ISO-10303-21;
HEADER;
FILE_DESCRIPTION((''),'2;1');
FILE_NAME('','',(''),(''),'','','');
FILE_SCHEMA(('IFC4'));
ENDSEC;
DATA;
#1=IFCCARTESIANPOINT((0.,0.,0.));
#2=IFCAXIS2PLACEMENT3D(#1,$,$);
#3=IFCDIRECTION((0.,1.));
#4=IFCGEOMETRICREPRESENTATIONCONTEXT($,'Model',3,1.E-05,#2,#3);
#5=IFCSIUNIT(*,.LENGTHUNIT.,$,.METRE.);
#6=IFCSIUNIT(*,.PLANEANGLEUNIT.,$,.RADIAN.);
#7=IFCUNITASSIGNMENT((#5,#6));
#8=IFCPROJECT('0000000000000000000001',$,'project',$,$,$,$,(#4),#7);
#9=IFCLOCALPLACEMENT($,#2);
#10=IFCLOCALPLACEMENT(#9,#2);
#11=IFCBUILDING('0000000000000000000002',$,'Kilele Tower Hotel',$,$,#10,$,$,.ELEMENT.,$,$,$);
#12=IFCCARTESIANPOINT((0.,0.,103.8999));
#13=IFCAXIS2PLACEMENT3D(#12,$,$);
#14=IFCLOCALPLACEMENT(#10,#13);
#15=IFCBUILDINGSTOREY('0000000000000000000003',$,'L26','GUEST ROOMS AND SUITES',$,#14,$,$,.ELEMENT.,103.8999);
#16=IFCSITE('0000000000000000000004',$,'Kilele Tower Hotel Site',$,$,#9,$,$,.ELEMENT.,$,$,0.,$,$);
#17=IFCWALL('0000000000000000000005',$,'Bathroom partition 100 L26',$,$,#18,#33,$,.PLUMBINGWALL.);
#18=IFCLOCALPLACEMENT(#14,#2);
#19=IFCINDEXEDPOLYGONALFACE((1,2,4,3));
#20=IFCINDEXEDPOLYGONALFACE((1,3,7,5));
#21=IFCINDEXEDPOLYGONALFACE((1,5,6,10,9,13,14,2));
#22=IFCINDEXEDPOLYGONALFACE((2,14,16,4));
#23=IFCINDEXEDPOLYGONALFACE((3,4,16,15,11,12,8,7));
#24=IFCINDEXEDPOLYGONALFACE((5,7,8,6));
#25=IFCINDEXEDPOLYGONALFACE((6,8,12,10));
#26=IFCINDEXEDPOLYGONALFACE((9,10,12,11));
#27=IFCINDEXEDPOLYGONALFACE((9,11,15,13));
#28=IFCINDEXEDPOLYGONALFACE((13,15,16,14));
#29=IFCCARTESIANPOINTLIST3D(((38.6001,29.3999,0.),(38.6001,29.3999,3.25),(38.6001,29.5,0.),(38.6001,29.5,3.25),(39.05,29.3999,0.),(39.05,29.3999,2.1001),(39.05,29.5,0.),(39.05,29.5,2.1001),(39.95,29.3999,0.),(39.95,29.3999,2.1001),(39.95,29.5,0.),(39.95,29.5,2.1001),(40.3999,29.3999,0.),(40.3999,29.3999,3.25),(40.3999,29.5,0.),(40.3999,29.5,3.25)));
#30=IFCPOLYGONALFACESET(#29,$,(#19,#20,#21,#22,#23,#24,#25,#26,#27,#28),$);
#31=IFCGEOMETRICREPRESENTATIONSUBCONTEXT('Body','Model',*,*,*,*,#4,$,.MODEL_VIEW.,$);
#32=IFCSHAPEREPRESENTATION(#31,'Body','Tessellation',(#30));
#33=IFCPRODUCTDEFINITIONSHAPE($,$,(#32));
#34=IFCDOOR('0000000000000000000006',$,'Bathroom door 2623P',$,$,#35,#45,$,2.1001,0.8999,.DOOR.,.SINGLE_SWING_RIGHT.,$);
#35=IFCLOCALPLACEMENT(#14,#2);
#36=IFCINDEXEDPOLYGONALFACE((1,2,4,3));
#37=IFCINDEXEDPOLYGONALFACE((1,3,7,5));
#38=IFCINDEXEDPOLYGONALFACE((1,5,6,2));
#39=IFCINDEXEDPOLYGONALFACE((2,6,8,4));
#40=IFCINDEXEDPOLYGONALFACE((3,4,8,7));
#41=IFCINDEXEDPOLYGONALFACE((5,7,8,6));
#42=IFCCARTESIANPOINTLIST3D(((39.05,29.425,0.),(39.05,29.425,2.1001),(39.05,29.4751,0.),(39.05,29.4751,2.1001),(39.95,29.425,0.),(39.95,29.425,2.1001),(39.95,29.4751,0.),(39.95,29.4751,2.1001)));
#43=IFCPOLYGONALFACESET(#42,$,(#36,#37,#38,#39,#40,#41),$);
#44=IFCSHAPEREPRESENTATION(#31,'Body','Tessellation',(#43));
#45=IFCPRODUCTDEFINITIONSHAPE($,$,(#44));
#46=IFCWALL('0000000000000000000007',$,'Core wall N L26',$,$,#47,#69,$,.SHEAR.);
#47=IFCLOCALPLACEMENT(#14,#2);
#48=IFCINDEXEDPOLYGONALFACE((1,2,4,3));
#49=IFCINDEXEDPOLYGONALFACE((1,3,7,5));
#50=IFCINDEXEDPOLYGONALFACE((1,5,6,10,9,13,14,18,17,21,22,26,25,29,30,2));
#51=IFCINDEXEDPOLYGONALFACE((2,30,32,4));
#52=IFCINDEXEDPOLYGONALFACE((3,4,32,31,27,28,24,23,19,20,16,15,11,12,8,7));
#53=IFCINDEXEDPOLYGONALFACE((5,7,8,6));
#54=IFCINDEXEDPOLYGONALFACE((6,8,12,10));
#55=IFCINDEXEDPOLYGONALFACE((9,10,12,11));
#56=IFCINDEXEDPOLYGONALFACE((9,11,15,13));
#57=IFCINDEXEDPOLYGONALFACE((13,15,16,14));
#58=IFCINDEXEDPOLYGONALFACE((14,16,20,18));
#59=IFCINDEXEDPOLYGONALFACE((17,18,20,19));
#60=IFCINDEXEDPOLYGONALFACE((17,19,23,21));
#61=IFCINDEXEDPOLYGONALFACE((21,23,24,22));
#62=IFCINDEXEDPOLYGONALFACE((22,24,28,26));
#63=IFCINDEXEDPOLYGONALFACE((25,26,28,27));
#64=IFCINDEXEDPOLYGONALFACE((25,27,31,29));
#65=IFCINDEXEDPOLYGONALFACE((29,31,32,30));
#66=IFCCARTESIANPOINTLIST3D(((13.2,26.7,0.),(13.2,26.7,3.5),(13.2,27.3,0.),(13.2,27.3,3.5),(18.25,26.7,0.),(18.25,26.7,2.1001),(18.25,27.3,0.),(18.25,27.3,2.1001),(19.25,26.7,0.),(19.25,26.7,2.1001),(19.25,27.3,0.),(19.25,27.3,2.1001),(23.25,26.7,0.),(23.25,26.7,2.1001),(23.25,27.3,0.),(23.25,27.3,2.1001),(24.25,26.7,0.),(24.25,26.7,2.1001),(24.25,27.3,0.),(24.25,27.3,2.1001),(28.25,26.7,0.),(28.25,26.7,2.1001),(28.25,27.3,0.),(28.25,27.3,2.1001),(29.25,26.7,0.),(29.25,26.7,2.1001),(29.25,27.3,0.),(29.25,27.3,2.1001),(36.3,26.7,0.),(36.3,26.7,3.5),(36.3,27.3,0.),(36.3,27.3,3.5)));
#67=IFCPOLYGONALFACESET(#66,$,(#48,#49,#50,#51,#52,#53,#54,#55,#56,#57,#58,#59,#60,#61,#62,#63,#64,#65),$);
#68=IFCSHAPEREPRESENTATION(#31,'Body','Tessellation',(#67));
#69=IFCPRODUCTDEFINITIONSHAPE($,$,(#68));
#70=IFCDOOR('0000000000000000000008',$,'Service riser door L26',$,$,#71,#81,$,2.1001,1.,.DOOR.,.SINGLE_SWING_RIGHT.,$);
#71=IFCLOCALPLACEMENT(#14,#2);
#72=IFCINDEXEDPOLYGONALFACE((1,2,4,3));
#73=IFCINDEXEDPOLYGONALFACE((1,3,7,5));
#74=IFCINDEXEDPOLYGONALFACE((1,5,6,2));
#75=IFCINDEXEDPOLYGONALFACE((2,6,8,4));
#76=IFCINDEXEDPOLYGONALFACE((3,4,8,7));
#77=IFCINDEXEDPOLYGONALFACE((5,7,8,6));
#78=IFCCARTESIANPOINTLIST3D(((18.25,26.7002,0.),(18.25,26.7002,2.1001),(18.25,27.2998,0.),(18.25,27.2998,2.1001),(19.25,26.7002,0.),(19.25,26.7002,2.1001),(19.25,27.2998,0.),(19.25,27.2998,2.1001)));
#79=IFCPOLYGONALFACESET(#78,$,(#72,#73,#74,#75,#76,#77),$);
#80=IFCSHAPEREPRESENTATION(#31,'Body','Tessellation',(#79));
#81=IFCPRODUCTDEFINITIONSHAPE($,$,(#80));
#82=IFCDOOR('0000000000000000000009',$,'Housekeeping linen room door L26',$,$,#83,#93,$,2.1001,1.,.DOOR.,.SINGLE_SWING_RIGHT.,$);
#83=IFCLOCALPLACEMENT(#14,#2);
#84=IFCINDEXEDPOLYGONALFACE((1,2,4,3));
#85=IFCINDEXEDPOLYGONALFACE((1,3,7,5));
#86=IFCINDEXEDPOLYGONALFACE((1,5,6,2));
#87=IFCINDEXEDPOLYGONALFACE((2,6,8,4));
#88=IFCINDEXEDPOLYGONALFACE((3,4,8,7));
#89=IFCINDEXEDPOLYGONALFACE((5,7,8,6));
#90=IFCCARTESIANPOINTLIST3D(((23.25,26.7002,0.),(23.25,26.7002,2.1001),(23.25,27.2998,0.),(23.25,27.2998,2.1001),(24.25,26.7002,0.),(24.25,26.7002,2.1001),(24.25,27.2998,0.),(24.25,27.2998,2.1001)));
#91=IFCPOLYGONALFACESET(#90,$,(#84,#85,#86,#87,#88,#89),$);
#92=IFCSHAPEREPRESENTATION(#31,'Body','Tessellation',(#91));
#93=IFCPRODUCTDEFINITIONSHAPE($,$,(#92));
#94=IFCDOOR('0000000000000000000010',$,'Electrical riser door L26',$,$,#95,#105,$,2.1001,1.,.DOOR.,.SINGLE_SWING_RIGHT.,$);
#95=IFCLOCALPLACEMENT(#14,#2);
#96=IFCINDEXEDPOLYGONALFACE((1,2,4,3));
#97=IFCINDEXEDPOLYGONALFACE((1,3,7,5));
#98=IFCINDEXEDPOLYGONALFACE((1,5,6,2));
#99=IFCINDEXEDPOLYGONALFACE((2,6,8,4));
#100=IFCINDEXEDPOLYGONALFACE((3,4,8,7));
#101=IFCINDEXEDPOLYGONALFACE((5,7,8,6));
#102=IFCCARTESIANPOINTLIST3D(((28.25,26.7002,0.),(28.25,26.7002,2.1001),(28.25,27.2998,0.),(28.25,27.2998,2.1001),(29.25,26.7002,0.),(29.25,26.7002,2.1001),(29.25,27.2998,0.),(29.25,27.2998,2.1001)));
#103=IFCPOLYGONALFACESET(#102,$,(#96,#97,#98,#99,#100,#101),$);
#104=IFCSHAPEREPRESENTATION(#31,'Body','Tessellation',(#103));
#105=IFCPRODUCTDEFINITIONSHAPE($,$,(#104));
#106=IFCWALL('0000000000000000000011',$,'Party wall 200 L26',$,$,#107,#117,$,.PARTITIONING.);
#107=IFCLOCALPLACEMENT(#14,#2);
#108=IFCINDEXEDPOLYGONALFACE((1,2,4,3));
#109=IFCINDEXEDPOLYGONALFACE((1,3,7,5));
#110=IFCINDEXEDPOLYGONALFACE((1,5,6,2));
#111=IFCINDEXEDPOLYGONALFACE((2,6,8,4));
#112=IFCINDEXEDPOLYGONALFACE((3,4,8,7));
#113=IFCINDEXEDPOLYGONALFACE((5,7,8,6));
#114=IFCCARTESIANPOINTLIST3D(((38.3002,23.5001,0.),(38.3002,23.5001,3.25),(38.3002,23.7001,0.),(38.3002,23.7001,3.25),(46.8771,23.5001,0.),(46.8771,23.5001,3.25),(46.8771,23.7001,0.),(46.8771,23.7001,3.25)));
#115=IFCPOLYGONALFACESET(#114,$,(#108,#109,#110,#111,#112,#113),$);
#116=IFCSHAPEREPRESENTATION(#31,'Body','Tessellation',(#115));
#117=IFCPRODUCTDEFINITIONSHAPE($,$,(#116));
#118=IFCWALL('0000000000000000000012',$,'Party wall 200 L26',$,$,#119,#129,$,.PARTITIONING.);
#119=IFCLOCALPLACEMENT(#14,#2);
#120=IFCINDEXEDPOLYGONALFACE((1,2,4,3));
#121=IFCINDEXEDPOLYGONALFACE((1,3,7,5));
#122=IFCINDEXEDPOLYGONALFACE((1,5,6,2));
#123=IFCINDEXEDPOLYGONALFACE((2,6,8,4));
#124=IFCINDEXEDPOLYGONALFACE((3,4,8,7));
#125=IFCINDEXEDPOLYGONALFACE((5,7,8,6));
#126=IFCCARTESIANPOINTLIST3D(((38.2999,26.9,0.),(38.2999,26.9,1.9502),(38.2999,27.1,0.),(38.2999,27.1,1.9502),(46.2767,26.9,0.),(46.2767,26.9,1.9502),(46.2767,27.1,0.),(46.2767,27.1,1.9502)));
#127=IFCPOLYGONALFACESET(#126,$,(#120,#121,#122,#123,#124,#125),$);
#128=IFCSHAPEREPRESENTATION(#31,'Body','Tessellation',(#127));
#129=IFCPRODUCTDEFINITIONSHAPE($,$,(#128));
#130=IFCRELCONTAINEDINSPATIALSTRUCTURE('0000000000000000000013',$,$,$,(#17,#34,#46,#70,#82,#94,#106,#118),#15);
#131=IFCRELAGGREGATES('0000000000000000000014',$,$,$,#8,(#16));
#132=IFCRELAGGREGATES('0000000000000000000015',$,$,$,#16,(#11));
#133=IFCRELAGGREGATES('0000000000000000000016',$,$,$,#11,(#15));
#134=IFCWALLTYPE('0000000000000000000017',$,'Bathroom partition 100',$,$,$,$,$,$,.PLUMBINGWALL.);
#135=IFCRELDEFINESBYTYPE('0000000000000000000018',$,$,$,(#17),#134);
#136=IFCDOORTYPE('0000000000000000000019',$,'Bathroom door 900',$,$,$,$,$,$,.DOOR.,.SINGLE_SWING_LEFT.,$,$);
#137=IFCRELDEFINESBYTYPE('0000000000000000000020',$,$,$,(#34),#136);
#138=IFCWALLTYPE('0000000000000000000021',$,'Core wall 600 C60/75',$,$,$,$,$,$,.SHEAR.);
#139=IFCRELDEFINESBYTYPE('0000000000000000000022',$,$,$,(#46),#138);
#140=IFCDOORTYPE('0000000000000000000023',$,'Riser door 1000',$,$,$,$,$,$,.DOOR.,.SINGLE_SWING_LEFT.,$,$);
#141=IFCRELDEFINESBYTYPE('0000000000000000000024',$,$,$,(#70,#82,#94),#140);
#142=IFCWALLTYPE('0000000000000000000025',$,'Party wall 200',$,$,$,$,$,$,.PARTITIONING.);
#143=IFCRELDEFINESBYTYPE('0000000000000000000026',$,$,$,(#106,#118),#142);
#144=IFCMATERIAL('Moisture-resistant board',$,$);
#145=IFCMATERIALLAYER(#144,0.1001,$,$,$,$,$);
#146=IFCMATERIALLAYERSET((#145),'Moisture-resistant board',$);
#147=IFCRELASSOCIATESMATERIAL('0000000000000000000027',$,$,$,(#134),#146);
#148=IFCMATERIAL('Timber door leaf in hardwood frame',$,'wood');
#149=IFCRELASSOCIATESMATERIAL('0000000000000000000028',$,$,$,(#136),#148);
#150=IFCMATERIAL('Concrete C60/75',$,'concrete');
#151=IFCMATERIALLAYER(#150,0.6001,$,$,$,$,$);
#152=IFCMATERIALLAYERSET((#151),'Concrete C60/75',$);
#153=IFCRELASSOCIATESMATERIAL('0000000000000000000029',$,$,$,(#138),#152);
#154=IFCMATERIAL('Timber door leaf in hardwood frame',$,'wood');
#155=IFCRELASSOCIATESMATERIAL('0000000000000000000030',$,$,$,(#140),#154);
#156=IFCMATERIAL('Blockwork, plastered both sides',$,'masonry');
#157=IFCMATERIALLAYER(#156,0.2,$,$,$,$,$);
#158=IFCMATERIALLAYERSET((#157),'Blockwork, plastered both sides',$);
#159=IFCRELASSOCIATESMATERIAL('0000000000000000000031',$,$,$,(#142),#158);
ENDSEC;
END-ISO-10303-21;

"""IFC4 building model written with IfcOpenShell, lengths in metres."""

from ifc_helpers import new_model, si_unit, direction, frame, frame_2d, origin, place, context, subcontext, project, spatial, rectangle, extrude, material, layer, layer_set, type_object, element, fill, save


model = new_model("IFC4")

# Units and contexts
model_context = context("Model", 3, precision=1e-05, world=origin(), true_north=direction((0.0, 1.0)))
body_context = subcontext(model_context, "Body", "Model", "MODEL_VIEW")
ifc_project = project(units=[si_unit("LENGTHUNIT", "METRE"), si_unit("PLANEANGLEUNIT", "RADIAN")], contexts=[model_context])

# Site, building, storey
site_placement = place(None, origin())
site = spatial("IfcSite", under=ifc_project, at=site_placement, Name="Kilele Tower Hotel Site", CompositionType="ELEMENT", RefElevation=0.0)
building_placement = place(site_placement, origin())
building = spatial("IfcBuilding", under=site, at=building_placement, Name="Kilele Tower Hotel", CompositionType="ELEMENT")
storey_placement = place(building_placement, frame((0.0, 0.0, 103.8999)))
storey = spatial("IfcBuildingStorey", under=building, at=storey_placement, Name="L26", Description="GUEST ROOMS AND SUITES", CompositionType="ELEMENT", Elevation=103.8999)

# Shared definitions
ifc_material_1 = material(Name="Moisture-resistant board")
ifc_layer_1 = layer(ifc_material_1, 0.1001)
ifc_layer_set_1 = layer_set([ifc_layer_1], Name="Moisture-resistant board")
wall_type_1 = type_object("IfcWallType", Name="Bathroom partition 100", PredefinedType="PLUMBINGWALL", material=ifc_layer_set_1)

# Shared definitions
ifc_material_2 = material(Name="Timber door leaf in hardwood frame", Category="wood")
door_type_1 = type_object("IfcDoorType", Name="Bathroom door 900", OperationType="SINGLE_SWING_LEFT", PredefinedType="DOOR", material=ifc_material_2)

# Wall, opening, door
wall_1_placement = place(storey_placement, frame((38.6001, 29.45, 0.0), z_axis=(0.0, 0.0, 1.0), x_axis=(1.0, 0.0, 0.0)))
wall_1 = element("IfcWall", 1, at=wall_1_placement, inside=storey, type_object=wall_type_1, Name="Bathroom partition 100 L26", PredefinedType="PLUMBINGWALL", context=body_context, shape_type="SweptSolid", body=[
    extrude(rectangle(XDim=1.7998, YDim=0.1001, at=frame_2d((0.8999, 0.0))), origin(), (0.0, 0.0, 1.0), 3.25),
])
opening_1_placement = place(wall_1_placement, frame((1.3499, 0.0, 0.0), z_axis=(0.0, 0.0, 1.0), x_axis=(-1.0, 0.0, 0.0)))
opening_1 = element("IfcOpeningElement", 2, at=opening_1_placement, cuts=wall_1, PredefinedType="OPENING", context=body_context, shape_type="SweptSolid", body=[
    extrude(rectangle(XDim=0.8999, YDim=2.1001, at=frame_2d((0.45, 1.05))), frame((0.0, 0.0601, 0.0), z_axis=(0.0, -1.0, 0.0), x_axis=(1.0, 0.0, 0.0)), (0.0, 0.0, 1.0), 0.1201),
])
door_1_placement = place(opening_1_placement, origin())
door_1 = element("IfcDoor", 3, at=door_1_placement, inside=storey, type_object=door_type_1, Name="Bathroom door 2623P", OperationType="SINGLE_SWING_RIGHT", OverallHeight=2.1001, OverallWidth=0.8999, PredefinedType="DOOR", context=body_context, shape_type="SweptSolid", body=[
    extrude(rectangle(XDim=0.8999, YDim=2.1001, at=frame_2d((0.45, 1.05))), frame((0.0, 0.0249, 0.0), z_axis=(0.0, -1.0, 0.0), x_axis=(1.0, 0.0, 0.0)), (0.0, 0.0, 1.0), 0.05),
])
fill(opening_1, door_1)

# Wall, openings, doors
ifc_material_3 = material(Name="Concrete C60/75", Category="concrete")
ifc_layer_2 = layer(ifc_material_3, 0.6001)
ifc_layer_set_2 = layer_set([ifc_layer_2], Name="Concrete C60/75")
wall_type_2 = type_object("IfcWallType", Name="Core wall 600 C60/75", PredefinedType="SHEAR", material=ifc_layer_set_2)
wall_2_placement = place(storey_placement, frame((36.3, 27.0, 0.0), z_axis=(0.0, 0.0, 1.0), x_axis=(-1.0, 0.0, 0.0)))
wall_2 = element("IfcWall", 4, at=wall_2_placement, inside=storey, type_object=wall_type_2, Name="Core wall N L26", PredefinedType="SHEAR", context=body_context, shape_type="SweptSolid", body=[
    extrude(rectangle(XDim=23.1001, YDim=0.6001, at=frame_2d((11.55, 0.0))), origin(), (0.0, 0.0, 1.0), 3.5),
])
opening_2_placement = place(wall_2_placement, frame((17.05, 0.0, 0.0)))
opening_2 = element("IfcOpeningElement", 5, at=opening_2_placement, cuts=wall_2, PredefinedType="OPENING", context=body_context, shape_type="SweptSolid", body=[
    extrude(rectangle(XDim=1.0, YDim=2.1001, at=frame_2d((0.5, 1.05))), frame((0.0, 0.3101, 0.0), z_axis=(0.0, -1.0, 0.0), x_axis=(1.0, 0.0, 0.0)), (0.0, 0.0, 1.0), 0.6201),
])
opening_3_placement = place(wall_2_placement, frame((12.05, 0.0, 0.0)))
opening_3 = element("IfcOpeningElement", 6, at=opening_3_placement, cuts=wall_2, PredefinedType="OPENING", context=body_context, shape_type="SweptSolid", body=[
    extrude(rectangle(XDim=1.0, YDim=2.1001, at=frame_2d((0.5, 1.05))), frame((0.0, 0.3101, 0.0), z_axis=(0.0, -1.0, 0.0), x_axis=(1.0, 0.0, 0.0)), (0.0, 0.0, 1.0), 0.6201),
])
opening_4_placement = place(wall_2_placement, frame((7.05, 0.0, 0.0)))
opening_4 = element("IfcOpeningElement", 7, at=opening_4_placement, cuts=wall_2, PredefinedType="OPENING", context=body_context, shape_type="SweptSolid", body=[
    extrude(rectangle(XDim=1.0, YDim=2.1001, at=frame_2d((0.5, 1.05))), frame((0.0, 0.3101, 0.0), z_axis=(0.0, -1.0, 0.0), x_axis=(1.0, 0.0, 0.0)), (0.0, 0.0, 1.0), 0.6201),
])
ifc_material_4 = material(Name="Timber door leaf in hardwood frame", Category="wood")
door_type_2 = type_object("IfcDoorType", Name="Riser door 1000", OperationType="SINGLE_SWING_LEFT", PredefinedType="DOOR", material=ifc_material_4)
door_2_placement = place(opening_2_placement, origin())
door_2 = element("IfcDoor", 8, at=door_2_placement, inside=storey, type_object=door_type_2, Name="Service riser door L26", OperationType="SINGLE_SWING_RIGHT", OverallHeight=2.1001, OverallWidth=1.0, PredefinedType="DOOR", context=body_context, shape_type="SweptSolid", body=[
    extrude(rectangle(XDim=1.0, YDim=2.1001, at=frame_2d((0.5, 1.05))), frame((0.0, 0.2998, 0.0), z_axis=(0.0, -1.0, 0.0), x_axis=(1.0, 0.0, 0.0)), (0.0, 0.0, 1.0), 0.5996),
])
fill(opening_2, door_2)
door_3_placement = place(opening_3_placement, origin())
door_3 = element("IfcDoor", 9, at=door_3_placement, inside=storey, type_object=door_type_2, Name="Housekeeping linen room door L26", OperationType="SINGLE_SWING_RIGHT", OverallHeight=2.1001, OverallWidth=1.0, PredefinedType="DOOR", context=body_context, shape_type="SweptSolid", body=[
    extrude(rectangle(XDim=1.0, YDim=2.1001, at=frame_2d((0.5, 1.05))), frame((0.0, 0.2998, 0.0), z_axis=(0.0, -1.0, 0.0), x_axis=(1.0, 0.0, 0.0)), (0.0, 0.0, 1.0), 0.5996),
])
fill(opening_3, door_3)
door_4_placement = place(opening_4_placement, origin())
door_4 = element("IfcDoor", 10, at=door_4_placement, inside=storey, type_object=door_type_2, Name="Electrical riser door L26", OperationType="SINGLE_SWING_RIGHT", OverallHeight=2.1001, OverallWidth=1.0, PredefinedType="DOOR", context=body_context, shape_type="SweptSolid", body=[
    extrude(rectangle(XDim=1.0, YDim=2.1001, at=frame_2d((0.5, 1.05))), frame((0.0, 0.2998, 0.0), z_axis=(0.0, -1.0, 0.0), x_axis=(1.0, 0.0, 0.0)), (0.0, 0.0, 1.0), 0.5996),
])
fill(opening_4, door_4)

# Walls
ifc_material_5 = material(Name="Blockwork, plastered both sides", Category="masonry")
ifc_layer_3 = layer(ifc_material_5, 0.2)
ifc_layer_set_3 = layer_set([ifc_layer_3], Name="Blockwork, plastered both sides")
wall_type_3 = type_object("IfcWallType", Name="Party wall 200", PredefinedType="PARTITIONING", material=ifc_layer_set_3)
wall_3_placement = place(storey_placement, frame((38.3, 23.6001, 0.0), z_axis=(0.0, 0.0, 1.0), x_axis=(1.0, 0.0, 0.0)))
element("IfcWall", 11, at=wall_3_placement, inside=storey, type_object=wall_type_3, Name="Party wall 200 L26", PredefinedType="PARTITIONING", context=body_context, shape_type="SweptSolid", body=[
    extrude(rectangle(XDim=8.5769, YDim=0.2, at=frame_2d((4.2886, 0.0))), origin(), (0.0, 0.0, 1.0), 3.25),
])
wall_4_placement = place(storey_placement, frame((38.3, 27.0, 0.0), z_axis=(0.0, 0.0, 1.0), x_axis=(1.0, 0.0, 0.0)))
element("IfcWall", 12, at=wall_4_placement, inside=storey, type_object=wall_type_3, Name="Party wall 200 L26", PredefinedType="PARTITIONING", context=body_context, shape_type="SweptSolid", body=[
    extrude(rectangle(XDim=7.9768, YDim=0.2, at=frame_2d((3.9883, 0.0))), origin(), (0.0, 0.0, 1.0), 1.9502),
])

save(model, "model.ifc")
